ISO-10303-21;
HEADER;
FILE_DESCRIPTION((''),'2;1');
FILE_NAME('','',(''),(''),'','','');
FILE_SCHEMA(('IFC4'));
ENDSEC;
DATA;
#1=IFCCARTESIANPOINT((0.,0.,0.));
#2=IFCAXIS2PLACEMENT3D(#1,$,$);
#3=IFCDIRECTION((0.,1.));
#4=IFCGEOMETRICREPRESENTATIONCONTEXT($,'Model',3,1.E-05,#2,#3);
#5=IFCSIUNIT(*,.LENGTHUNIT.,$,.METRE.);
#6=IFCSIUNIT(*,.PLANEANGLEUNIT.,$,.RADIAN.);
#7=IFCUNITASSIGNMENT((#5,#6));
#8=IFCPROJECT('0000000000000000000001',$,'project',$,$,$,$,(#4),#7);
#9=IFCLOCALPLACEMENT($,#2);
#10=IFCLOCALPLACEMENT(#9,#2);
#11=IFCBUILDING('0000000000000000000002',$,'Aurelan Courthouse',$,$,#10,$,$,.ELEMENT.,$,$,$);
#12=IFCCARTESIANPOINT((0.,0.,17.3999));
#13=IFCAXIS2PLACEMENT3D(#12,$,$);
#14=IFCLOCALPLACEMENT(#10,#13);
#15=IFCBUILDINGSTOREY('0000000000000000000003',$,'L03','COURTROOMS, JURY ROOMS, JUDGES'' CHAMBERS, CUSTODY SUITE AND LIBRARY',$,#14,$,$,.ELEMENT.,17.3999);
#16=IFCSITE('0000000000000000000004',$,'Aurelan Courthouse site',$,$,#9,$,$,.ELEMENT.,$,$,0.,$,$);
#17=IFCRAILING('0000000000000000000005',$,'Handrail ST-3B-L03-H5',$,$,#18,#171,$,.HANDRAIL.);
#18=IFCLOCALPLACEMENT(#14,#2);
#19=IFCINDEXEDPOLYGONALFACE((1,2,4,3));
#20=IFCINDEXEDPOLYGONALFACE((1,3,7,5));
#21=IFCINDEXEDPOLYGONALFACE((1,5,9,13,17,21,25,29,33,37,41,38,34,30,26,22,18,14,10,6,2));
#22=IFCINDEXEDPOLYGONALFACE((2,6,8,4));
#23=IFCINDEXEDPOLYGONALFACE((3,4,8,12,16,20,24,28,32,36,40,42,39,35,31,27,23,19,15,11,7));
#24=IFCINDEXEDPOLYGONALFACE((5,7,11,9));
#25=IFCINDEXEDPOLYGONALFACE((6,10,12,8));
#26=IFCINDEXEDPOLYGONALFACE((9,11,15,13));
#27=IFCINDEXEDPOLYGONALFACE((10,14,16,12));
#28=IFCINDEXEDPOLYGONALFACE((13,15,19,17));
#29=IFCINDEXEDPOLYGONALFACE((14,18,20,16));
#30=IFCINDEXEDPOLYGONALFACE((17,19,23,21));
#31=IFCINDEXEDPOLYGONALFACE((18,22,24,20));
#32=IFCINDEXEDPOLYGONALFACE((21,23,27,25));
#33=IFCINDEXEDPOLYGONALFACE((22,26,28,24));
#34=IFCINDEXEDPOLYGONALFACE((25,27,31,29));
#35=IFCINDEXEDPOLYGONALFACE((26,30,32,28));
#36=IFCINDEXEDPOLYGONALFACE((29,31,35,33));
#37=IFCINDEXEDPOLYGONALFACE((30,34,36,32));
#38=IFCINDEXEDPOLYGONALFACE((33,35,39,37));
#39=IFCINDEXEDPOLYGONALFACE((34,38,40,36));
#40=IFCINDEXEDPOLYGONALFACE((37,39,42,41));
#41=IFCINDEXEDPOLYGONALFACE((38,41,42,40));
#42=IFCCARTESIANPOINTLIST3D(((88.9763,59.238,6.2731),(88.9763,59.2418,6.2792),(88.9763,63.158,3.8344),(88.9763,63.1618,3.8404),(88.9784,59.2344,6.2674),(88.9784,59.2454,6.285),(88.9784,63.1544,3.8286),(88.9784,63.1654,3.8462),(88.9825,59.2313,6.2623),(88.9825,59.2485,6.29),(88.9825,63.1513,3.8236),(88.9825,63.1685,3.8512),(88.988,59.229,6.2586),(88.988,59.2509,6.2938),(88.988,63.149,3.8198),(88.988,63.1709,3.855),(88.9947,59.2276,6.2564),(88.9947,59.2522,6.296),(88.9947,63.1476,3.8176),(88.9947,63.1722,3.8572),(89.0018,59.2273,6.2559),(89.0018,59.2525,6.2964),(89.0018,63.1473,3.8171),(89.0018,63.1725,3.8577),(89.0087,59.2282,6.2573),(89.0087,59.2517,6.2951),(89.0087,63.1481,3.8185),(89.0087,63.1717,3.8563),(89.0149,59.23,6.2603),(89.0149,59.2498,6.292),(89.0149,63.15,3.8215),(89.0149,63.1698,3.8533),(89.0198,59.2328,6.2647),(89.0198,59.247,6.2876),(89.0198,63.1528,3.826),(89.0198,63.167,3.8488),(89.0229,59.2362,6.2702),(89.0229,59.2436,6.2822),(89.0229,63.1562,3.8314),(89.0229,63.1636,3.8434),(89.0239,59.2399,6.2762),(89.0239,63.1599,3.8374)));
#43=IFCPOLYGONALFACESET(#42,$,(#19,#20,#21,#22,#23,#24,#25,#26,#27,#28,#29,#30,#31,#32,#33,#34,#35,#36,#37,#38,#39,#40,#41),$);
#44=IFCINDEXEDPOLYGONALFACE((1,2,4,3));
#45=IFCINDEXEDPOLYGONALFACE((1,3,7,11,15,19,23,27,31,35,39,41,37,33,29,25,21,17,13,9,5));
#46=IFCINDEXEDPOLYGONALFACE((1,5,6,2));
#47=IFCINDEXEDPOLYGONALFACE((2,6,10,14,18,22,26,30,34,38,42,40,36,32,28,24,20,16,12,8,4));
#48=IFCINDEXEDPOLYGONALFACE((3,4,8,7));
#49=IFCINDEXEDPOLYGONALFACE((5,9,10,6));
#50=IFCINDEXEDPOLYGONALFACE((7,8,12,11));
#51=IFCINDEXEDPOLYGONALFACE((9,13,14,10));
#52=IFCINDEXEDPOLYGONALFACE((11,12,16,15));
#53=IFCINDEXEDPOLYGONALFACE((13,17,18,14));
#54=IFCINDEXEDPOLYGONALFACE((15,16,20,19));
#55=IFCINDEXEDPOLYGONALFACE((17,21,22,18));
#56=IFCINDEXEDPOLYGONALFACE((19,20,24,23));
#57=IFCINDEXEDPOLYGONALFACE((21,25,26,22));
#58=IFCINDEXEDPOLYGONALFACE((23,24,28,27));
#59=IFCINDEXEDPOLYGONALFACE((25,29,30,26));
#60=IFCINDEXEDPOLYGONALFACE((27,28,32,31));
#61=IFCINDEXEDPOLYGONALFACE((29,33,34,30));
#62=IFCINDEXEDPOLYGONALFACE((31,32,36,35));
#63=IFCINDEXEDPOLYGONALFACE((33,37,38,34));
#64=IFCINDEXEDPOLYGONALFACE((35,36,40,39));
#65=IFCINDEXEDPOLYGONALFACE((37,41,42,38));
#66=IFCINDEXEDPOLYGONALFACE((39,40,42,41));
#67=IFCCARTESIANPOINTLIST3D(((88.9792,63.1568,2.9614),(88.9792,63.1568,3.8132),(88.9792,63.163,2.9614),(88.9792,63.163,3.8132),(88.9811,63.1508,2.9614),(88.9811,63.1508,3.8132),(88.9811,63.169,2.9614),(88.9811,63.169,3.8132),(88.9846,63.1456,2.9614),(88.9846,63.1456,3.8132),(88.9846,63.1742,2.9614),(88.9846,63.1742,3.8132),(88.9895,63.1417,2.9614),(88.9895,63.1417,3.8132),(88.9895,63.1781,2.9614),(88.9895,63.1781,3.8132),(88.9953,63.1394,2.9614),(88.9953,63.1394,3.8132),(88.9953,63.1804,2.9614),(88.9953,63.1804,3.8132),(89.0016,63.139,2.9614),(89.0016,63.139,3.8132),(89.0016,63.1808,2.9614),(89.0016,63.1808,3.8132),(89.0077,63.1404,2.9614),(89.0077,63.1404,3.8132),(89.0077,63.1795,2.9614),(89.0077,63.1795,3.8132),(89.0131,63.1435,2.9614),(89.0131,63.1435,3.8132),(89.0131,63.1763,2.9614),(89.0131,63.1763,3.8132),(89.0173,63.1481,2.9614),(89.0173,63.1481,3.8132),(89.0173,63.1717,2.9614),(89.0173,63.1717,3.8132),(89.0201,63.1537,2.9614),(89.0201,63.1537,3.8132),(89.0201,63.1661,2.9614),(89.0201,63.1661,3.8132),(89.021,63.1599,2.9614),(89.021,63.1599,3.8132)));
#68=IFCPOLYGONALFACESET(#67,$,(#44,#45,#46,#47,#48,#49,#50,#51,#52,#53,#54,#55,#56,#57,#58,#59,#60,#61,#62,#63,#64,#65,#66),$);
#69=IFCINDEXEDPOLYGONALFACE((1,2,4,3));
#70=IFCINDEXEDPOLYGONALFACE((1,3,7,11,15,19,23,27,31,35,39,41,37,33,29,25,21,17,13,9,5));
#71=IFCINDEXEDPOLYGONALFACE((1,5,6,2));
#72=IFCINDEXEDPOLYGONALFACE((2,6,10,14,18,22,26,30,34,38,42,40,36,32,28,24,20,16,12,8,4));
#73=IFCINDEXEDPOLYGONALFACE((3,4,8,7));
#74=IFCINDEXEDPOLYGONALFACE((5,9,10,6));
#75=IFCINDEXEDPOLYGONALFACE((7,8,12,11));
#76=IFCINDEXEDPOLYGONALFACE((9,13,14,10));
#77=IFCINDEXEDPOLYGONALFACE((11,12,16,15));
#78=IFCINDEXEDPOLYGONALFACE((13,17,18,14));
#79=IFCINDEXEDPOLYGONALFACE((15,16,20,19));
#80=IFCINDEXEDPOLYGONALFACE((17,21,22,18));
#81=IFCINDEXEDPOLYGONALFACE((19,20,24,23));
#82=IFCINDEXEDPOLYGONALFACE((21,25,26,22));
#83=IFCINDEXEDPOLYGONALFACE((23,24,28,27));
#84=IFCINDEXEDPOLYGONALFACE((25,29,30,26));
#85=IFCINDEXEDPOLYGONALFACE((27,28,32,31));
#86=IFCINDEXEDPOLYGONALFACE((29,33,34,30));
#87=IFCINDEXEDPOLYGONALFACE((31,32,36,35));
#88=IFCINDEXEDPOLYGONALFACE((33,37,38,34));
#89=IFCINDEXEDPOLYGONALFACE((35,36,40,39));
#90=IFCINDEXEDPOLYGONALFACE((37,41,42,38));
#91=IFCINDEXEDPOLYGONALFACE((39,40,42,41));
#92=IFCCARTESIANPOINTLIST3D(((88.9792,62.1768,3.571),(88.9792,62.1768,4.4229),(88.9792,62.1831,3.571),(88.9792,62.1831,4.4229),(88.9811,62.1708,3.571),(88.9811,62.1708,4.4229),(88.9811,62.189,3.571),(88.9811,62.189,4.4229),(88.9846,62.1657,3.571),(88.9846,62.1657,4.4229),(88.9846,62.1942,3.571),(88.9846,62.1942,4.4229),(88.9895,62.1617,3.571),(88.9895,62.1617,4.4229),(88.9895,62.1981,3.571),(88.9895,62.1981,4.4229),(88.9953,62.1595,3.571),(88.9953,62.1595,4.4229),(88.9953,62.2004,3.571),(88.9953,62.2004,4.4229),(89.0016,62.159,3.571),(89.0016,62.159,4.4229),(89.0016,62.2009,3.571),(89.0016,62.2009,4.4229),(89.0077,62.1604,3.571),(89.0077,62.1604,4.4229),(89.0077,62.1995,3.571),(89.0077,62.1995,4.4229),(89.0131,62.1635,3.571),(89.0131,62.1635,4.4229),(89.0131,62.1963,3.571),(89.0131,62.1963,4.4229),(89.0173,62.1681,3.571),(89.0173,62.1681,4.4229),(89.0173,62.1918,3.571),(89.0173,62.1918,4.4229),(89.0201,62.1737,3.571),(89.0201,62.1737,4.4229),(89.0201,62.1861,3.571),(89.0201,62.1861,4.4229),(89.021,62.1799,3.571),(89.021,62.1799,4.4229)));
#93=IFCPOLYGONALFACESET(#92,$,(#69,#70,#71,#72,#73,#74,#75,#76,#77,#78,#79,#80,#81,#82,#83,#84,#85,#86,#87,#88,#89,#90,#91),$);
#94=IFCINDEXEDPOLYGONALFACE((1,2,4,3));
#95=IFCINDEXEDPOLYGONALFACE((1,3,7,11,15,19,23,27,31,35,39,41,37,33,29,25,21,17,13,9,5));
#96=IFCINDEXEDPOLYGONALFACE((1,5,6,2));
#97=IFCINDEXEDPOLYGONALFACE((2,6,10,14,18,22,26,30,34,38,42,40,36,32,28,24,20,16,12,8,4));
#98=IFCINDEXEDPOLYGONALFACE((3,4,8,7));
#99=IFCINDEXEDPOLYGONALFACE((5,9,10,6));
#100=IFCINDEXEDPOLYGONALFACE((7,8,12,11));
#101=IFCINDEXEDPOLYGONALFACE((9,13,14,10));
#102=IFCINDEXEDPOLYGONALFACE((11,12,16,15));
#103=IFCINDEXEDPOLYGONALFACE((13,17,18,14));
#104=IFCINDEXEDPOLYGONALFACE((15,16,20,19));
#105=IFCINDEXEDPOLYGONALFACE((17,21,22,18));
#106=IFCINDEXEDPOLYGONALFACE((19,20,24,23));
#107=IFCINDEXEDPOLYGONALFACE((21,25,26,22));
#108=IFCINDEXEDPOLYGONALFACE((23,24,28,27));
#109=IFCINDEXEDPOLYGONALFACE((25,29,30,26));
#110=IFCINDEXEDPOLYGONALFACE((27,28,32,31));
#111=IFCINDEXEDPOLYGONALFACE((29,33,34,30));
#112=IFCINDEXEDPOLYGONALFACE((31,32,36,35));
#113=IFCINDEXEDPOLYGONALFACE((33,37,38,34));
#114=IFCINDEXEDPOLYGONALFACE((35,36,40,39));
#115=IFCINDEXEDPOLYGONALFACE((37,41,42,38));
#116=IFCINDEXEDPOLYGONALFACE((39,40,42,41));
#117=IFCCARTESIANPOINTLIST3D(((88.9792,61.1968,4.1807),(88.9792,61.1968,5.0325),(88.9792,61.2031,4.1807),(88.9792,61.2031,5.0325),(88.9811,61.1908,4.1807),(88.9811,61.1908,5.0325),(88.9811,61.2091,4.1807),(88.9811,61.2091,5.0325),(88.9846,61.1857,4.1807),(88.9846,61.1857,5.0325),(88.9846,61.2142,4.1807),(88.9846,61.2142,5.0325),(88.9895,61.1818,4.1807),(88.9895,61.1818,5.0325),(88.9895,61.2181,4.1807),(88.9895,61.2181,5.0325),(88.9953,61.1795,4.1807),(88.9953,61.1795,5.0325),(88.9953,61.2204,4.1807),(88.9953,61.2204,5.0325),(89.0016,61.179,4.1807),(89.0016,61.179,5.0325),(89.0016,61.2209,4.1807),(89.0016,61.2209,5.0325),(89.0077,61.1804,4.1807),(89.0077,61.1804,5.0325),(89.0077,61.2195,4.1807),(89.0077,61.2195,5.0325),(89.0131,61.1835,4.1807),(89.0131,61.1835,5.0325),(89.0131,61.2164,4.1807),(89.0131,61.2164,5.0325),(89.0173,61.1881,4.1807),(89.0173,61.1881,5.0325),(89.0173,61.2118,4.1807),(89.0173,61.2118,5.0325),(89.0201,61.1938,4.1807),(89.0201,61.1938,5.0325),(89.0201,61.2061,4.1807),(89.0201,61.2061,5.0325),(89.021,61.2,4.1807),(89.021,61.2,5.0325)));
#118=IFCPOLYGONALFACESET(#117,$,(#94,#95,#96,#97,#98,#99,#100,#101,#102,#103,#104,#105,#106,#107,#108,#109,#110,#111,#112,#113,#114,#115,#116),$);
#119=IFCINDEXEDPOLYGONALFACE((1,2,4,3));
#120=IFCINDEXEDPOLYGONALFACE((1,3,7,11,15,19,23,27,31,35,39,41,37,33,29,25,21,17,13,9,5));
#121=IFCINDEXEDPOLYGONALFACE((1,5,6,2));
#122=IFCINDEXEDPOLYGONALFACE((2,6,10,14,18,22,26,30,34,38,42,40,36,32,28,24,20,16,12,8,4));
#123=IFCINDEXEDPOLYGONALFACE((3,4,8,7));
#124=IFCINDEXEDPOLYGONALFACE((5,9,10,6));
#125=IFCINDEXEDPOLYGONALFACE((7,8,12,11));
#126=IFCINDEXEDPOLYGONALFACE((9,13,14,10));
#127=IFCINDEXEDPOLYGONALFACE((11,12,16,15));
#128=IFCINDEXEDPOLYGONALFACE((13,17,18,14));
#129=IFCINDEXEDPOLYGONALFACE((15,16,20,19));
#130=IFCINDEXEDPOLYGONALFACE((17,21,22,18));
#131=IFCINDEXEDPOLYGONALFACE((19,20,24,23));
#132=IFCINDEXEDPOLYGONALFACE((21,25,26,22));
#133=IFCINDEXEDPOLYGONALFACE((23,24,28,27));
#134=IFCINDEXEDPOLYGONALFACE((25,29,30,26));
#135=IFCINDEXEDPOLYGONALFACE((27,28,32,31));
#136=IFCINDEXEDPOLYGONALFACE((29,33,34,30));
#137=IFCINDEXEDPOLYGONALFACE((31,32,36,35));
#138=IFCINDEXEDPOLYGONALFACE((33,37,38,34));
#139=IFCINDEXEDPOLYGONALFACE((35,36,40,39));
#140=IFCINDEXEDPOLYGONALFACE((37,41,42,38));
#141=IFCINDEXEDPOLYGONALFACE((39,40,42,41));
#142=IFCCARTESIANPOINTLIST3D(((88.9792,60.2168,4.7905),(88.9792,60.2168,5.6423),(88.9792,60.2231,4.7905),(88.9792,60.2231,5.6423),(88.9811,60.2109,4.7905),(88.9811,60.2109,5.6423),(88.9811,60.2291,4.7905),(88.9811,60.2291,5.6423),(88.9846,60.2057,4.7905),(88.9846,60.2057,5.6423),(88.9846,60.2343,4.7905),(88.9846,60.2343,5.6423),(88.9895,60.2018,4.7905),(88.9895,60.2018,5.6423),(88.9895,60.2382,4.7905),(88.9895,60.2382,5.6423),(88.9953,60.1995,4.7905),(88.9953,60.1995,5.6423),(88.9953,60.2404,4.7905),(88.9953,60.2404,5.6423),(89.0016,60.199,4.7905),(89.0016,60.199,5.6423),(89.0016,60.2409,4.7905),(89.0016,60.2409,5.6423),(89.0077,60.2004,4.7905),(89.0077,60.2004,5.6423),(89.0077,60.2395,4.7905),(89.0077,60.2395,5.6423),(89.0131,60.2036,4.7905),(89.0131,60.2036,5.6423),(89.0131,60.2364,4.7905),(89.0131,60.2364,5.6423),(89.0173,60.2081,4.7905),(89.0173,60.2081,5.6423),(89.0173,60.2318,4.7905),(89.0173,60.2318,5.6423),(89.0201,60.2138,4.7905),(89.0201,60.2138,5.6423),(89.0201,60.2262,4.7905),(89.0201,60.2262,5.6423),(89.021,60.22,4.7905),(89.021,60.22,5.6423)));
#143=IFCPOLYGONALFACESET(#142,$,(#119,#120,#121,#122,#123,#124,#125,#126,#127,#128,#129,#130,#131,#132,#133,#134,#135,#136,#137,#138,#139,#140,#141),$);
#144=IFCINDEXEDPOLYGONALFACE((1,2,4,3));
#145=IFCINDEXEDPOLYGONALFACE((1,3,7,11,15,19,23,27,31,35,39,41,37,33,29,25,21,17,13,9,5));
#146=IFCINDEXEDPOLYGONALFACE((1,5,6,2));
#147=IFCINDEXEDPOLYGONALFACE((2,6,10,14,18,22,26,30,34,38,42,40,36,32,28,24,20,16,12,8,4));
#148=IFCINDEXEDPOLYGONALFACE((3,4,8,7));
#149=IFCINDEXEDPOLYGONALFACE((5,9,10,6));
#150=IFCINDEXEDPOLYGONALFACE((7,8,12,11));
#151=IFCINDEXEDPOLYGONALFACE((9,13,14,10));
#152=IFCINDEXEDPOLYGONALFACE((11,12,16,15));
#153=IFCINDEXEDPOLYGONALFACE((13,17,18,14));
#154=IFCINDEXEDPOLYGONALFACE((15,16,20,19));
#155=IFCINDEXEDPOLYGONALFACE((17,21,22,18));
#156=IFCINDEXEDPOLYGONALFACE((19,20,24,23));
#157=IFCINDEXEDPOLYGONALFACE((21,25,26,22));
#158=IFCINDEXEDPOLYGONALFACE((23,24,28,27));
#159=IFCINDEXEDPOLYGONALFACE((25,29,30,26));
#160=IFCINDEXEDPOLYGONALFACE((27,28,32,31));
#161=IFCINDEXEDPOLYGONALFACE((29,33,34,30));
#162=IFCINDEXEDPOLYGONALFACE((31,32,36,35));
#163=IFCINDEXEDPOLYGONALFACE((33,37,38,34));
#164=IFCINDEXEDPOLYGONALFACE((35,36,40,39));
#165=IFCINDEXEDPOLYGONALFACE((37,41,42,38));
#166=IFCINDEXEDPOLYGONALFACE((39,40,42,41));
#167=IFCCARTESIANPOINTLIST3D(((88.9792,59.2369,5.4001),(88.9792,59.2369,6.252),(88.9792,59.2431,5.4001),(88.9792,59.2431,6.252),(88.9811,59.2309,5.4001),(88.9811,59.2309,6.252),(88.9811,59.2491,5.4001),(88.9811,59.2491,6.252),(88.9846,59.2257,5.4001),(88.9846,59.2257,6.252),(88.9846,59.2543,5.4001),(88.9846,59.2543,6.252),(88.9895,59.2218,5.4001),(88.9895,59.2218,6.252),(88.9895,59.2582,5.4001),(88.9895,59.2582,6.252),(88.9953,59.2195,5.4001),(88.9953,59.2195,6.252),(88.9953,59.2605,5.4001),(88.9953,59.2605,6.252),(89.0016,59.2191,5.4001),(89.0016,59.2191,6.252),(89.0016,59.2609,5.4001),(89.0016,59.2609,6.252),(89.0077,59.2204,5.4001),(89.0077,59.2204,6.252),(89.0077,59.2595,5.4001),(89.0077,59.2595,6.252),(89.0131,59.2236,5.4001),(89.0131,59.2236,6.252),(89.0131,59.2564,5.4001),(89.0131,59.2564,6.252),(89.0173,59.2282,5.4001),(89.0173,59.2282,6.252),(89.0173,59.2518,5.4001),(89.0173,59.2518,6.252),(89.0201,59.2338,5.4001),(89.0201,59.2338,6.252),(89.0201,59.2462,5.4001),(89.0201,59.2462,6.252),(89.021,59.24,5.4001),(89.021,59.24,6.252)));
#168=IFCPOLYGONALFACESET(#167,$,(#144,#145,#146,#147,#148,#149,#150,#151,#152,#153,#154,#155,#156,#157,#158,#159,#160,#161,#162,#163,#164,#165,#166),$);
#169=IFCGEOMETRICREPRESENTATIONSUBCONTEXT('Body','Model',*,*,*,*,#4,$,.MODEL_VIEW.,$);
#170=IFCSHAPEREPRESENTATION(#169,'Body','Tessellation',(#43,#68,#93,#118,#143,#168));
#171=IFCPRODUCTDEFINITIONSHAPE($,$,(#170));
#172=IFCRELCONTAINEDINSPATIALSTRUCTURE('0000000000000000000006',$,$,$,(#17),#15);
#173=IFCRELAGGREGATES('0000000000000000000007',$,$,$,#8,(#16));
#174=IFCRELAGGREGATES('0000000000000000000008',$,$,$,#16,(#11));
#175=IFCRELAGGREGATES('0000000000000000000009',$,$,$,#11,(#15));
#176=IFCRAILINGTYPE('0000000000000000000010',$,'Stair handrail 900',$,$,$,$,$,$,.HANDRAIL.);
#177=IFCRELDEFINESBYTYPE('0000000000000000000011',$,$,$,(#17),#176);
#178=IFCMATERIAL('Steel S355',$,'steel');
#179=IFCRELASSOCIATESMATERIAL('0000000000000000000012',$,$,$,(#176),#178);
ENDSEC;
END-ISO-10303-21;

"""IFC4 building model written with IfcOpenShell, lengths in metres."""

from ifc_helpers import new_model, si_unit, direction, frame, origin, origin_2d, place, context, subcontext, project, spatial, circle, extrude, material, type_object, element, save


model = new_model("IFC4")

# Units and contexts
model_context = context("Model", 3, precision=1e-05, world=origin(), true_north=direction((0.0, 1.0)))
body_context = subcontext(model_context, "Body", "Model", "MODEL_VIEW")
ifc_project = project(units=[si_unit("LENGTHUNIT", "METRE"), si_unit("PLANEANGLEUNIT", "RADIAN")], contexts=[model_context])

# Site, building, storey
site_placement = place(None, origin())
site = spatial("IfcSite", under=ifc_project, at=site_placement, Name="Aurelan Courthouse site", CompositionType="ELEMENT", RefElevation=0.0)
building_placement = place(site_placement, origin())
building = spatial("IfcBuilding", under=site, at=building_placement, Name="Aurelan Courthouse", CompositionType="ELEMENT")
storey_placement = place(building_placement, frame((0.0, 0.0, 17.3999)))
storey = spatial("IfcBuildingStorey", under=building, at=storey_placement, Name="L03", Description="COURTROOMS, JURY ROOMS, JUDGES' CHAMBERS, CUSTODY SUITE AND LIBRARY", CompositionType="ELEMENT", Elevation=17.3999)

# Railing
ifc_material_1 = material(Name="Steel S355", Category="steel")
railing_type_1 = type_object("IfcRailingType", Name="Stair handrail 900", PredefinedType="HANDRAIL", material=ifc_material_1)
for number, where, name in (
    (1, (89.0, 63.1599, 2.9614), "Handrail ST-3B-L03-H5"),
):
    element("IfcRailing", number, at=place(storey_placement, frame(where)), inside=storey, type_object=railing_type_1, Name=name, PredefinedType="HANDRAIL", context=body_context, shape_type="SweptSolid", body=[
        extrude(circle(Radius=0.0239, at=origin_2d()), frame((0.0, 0.0, 0.876), z_axis=(0.0, -0.84909, 0.528249), x_axis=(1.0, 0.0, 0.0)), (0.0, 0.0, 1.0), 4.6167),
        extrude(circle(Radius=0.021, at=origin_2d()), origin(), (0.0, 0.0, 1.0), 0.8518),
        extrude(circle(Radius=0.021, at=origin_2d()), frame((0.0, -0.98, 0.6096)), (0.0, 0.0, 1.0), 0.8518),
        extrude(circle(Radius=0.021, at=origin_2d()), frame((0.0, -1.96, 1.2192)), (0.0, 0.0, 1.0), 0.8518),
        extrude(circle(Radius=0.021, at=origin_2d()), frame((0.0, -2.9399, 1.8291)), (0.0, 0.0, 1.0), 0.8518),
        extrude(circle(Radius=0.021, at=origin_2d()), frame((0.0, -3.9199, 2.4387)), (0.0, 0.0, 1.0), 0.8518),
    ])

save(model, "model.ifc")
